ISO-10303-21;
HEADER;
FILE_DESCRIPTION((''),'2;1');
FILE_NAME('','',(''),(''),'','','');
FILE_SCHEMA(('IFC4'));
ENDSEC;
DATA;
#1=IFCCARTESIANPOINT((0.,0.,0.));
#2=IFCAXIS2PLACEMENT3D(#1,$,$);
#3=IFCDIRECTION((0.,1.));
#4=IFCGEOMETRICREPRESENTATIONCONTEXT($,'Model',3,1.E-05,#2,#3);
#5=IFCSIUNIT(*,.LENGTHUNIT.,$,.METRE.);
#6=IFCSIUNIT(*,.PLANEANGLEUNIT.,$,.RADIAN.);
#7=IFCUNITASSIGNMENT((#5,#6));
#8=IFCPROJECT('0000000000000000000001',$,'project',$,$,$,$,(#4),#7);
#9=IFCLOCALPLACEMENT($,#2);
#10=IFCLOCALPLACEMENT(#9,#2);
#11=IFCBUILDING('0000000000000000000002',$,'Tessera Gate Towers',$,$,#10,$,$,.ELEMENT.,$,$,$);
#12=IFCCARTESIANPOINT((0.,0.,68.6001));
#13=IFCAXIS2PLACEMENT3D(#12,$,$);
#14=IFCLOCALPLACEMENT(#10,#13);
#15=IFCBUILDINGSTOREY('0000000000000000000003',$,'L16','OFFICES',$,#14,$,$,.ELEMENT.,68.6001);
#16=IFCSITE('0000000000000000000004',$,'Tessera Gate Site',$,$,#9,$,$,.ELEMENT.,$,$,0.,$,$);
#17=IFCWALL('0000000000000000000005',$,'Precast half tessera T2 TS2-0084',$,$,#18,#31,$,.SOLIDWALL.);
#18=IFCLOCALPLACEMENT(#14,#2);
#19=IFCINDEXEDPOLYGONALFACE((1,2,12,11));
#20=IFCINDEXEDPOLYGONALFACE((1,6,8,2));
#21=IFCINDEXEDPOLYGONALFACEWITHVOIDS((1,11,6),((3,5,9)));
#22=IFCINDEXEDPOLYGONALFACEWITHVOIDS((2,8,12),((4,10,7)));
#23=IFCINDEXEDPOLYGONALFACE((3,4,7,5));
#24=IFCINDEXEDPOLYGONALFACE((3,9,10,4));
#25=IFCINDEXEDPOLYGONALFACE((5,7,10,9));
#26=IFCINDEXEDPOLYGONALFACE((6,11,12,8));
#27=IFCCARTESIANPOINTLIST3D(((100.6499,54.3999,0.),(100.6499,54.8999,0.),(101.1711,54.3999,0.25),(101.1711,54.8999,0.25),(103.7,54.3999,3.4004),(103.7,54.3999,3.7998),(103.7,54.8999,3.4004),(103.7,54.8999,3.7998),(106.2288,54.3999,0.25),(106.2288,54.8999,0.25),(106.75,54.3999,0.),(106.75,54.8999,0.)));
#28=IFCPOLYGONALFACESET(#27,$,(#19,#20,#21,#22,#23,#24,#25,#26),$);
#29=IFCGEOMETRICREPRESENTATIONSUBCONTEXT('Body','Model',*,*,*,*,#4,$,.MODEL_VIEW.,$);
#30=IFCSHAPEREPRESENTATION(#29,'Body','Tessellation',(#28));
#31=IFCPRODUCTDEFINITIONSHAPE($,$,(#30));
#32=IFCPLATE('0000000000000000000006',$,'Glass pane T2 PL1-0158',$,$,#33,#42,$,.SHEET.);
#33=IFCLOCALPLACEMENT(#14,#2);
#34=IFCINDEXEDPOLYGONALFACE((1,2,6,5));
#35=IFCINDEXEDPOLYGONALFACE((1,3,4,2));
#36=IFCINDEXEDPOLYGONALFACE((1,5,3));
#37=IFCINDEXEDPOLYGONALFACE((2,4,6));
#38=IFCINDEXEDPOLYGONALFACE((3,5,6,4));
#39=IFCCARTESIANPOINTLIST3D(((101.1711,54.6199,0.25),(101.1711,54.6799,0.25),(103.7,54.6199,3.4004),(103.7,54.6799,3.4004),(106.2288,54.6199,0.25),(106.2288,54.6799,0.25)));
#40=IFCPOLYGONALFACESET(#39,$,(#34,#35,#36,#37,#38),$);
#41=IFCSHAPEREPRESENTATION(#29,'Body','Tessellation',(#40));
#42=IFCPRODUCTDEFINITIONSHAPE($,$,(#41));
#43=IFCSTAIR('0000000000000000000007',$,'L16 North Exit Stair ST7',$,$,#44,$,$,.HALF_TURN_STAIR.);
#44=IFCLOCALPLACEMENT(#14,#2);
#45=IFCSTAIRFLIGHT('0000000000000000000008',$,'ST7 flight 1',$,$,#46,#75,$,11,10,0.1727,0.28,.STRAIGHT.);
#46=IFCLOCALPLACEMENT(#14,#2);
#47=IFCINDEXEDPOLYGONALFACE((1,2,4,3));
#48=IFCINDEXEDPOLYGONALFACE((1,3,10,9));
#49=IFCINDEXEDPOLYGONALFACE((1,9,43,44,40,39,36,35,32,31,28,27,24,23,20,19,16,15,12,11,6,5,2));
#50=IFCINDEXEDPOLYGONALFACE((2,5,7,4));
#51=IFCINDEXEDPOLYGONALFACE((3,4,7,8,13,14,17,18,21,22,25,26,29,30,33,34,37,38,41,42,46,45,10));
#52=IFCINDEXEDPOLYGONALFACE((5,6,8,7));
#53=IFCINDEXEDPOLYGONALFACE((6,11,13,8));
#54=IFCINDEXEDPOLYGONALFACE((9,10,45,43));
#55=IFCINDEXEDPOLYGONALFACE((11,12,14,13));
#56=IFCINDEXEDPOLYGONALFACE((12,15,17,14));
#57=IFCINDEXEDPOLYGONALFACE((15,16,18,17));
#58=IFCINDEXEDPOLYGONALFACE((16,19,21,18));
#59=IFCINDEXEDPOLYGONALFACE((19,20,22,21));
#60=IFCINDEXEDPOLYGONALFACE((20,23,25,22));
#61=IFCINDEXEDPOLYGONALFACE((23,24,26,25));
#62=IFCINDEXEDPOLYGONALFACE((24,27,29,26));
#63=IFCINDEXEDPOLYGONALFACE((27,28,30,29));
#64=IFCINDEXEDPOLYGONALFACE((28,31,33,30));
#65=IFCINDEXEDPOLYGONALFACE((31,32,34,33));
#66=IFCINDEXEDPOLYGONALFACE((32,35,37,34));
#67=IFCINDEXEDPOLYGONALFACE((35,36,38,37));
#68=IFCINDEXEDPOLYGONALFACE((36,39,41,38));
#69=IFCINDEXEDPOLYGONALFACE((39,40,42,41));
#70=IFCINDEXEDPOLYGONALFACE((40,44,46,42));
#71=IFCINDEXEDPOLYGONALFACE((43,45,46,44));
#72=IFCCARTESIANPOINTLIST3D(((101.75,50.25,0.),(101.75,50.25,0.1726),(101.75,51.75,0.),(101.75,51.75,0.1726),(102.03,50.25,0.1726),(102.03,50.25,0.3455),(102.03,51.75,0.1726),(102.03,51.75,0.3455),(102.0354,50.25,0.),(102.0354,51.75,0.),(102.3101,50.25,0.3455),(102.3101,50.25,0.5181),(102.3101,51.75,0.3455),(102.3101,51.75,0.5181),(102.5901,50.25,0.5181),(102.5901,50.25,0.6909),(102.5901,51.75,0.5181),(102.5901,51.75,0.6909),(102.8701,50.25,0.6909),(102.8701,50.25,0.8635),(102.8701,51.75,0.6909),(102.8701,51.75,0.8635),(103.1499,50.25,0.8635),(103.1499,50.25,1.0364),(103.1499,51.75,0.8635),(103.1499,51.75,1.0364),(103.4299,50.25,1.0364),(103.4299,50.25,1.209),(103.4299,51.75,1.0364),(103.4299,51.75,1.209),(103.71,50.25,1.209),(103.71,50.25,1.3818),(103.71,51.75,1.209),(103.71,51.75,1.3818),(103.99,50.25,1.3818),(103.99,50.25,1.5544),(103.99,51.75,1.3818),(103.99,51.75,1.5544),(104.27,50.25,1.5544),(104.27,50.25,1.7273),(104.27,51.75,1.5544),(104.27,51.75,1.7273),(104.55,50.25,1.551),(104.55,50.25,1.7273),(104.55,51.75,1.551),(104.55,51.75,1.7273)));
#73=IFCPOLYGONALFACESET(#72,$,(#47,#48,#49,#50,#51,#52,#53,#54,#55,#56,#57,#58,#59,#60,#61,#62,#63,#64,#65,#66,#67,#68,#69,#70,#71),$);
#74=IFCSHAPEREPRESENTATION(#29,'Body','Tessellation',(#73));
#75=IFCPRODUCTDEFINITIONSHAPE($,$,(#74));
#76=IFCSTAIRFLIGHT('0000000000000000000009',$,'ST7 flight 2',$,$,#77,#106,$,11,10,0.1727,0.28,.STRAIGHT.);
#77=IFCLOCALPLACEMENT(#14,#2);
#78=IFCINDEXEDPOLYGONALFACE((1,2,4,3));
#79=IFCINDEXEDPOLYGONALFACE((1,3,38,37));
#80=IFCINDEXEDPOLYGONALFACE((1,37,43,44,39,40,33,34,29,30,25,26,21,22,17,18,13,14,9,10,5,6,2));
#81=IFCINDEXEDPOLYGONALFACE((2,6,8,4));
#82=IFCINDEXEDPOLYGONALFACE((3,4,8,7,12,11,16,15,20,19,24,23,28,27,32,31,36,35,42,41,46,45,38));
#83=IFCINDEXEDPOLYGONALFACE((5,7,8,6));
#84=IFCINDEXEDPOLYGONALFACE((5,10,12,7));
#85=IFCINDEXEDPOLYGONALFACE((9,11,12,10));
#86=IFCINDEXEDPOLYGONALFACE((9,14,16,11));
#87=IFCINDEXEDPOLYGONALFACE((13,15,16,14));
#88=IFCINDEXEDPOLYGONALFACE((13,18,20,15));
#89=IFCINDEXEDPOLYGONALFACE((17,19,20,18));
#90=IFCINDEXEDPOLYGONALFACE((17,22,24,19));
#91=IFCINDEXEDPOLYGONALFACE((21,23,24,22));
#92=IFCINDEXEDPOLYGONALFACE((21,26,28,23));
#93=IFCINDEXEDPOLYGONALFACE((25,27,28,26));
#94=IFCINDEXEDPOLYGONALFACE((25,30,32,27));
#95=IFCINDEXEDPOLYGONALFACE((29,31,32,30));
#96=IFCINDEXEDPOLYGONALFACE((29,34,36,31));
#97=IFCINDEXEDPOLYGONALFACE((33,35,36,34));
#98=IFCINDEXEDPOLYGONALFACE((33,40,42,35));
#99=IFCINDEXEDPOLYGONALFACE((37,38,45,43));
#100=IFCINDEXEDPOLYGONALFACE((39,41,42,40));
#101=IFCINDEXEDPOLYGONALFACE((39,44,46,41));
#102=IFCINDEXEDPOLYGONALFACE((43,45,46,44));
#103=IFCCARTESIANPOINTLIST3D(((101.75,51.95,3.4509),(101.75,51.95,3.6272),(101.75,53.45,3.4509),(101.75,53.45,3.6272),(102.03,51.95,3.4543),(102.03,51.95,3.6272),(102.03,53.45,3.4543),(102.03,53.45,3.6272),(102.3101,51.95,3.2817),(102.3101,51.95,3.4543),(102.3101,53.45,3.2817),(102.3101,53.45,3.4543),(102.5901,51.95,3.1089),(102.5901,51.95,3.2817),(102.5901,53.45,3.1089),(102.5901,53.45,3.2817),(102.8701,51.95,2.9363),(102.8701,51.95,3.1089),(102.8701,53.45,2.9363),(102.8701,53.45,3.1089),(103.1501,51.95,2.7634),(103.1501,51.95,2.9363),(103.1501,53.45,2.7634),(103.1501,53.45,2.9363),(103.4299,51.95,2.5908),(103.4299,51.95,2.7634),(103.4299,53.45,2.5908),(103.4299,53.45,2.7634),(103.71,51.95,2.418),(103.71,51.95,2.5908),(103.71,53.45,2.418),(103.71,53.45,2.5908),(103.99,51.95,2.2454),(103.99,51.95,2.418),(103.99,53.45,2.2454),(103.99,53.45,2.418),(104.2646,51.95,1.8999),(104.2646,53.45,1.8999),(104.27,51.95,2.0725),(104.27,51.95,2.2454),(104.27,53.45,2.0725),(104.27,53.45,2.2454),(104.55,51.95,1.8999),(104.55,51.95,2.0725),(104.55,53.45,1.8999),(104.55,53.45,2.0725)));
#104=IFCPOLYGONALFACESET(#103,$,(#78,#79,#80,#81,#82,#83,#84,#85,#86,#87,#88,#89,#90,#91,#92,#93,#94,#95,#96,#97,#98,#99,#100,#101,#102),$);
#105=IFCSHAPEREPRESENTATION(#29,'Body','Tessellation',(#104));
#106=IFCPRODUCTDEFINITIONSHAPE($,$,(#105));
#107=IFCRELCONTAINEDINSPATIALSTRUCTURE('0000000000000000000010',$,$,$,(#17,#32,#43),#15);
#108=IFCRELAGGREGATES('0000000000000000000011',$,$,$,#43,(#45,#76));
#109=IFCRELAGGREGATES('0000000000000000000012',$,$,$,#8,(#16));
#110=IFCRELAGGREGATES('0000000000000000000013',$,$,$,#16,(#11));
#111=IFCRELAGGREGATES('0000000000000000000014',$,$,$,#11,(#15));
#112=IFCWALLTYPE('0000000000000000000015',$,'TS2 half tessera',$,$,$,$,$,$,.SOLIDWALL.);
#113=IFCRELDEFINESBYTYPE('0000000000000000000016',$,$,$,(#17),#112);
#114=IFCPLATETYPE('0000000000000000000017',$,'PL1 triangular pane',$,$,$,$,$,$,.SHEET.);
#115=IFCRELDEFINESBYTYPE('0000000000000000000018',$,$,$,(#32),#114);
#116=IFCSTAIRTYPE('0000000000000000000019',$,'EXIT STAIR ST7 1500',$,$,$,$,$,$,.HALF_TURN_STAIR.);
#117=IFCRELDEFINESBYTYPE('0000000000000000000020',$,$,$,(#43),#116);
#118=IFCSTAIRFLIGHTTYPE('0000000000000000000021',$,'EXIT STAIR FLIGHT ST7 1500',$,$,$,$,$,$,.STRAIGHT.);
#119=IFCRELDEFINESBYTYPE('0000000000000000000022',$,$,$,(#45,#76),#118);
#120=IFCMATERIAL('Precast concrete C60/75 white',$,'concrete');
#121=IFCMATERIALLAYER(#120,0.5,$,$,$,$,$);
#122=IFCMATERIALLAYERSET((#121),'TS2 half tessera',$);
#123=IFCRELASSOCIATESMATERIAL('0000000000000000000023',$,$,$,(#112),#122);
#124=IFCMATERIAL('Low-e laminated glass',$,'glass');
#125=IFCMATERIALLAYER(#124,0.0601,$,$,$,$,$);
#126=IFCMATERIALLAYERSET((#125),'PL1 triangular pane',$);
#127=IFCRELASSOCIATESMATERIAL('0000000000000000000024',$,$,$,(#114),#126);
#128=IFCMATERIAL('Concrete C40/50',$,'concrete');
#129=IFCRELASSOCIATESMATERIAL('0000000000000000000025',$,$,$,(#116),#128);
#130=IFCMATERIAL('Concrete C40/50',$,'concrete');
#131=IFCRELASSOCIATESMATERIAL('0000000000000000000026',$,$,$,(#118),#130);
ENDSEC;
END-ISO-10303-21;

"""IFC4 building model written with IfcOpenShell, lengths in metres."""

from ifc_helpers import new_model, si_unit, direction, frame, origin, place, context, subcontext, project, spatial, polyline, outline, extrude, source, transform, mapped, material, layer, layer_set, type_object, element, fill, aggregate, save


model = new_model("IFC4")

# Units and contexts
model_context = context("Model", 3, precision=1e-05, world=origin(), true_north=direction((0.0, 1.0)))
body_context = subcontext(model_context, "Body", "Model", "MODEL_VIEW")
ifc_project = project(units=[si_unit("LENGTHUNIT", "METRE"), si_unit("PLANEANGLEUNIT", "RADIAN")], contexts=[model_context])

# Site, building, storey
site_placement = place(None, origin())
site = spatial("IfcSite", under=ifc_project, at=site_placement, Name="Tessera Gate Site", CompositionType="ELEMENT", RefElevation=0.0)
building_placement = place(site_placement, origin())
building = spatial("IfcBuilding", under=site, at=building_placement, Name="Tessera Gate Towers", CompositionType="ELEMENT")
storey_placement = place(building_placement, frame((0.0, 0.0, 68.6001)))
storey = spatial("IfcBuildingStorey", under=building, at=storey_placement, Name="L16", Description="OFFICES", CompositionType="ELEMENT", Elevation=68.6001)

# Wall, opening, plate
ifc_material_1 = material(Name="Precast concrete C60/75 white", Category="concrete")
ifc_layer_1 = layer(ifc_material_1, 0.5)
ifc_layer_set_1 = layer_set([ifc_layer_1], Name="TS2 half tessera")
wall_type_1 = type_object("IfcWallType", Name="TS2 half tessera", PredefinedType="SOLIDWALL", material=ifc_layer_set_1)
shared_shape_1 = source(origin(), body_context, "Body", "SweptSolid", [
    extrude(outline(polyline([(6.1001, 0.0), (3.05, 3.7998), (0.0, 0.0), (6.1001, 0.0)])), frame((0.0, 0.25, 0.0), z_axis=(0.0, -1.0, 0.0), x_axis=(1.0, 0.0, 0.0)), (0.0, 0.0, 1.0), 0.5),
])
wall_1_placement = place(storey_placement, frame((106.75, 54.6499, 0.0), z_axis=(0.0, 0.0, 1.0), x_axis=(-1.0, 0.0, 0.0)))
wall_1 = element("IfcWall", 1, at=wall_1_placement, inside=storey, type_object=wall_type_1, Name="Precast half tessera T2 TS2-0084", PredefinedType="SOLIDWALL", context=body_context, shape_type="MappedRepresentation", body=[
    mapped(shared_shape_1, transform((0.0, 0.0, 0.0), scale=1.0)),
])
shared_shape_2 = source(origin(), body_context, "Body", "SweptSolid", [
    extrude(outline(polyline([(5.5789, 0.25), (3.05, 3.4004), (0.5212, 0.25), (5.5789, 0.25)])), frame((0.0, 0.26, 0.0), z_axis=(0.0, -1.0, 0.0), x_axis=(1.0, 0.0, 0.0)), (0.0, 0.0, 1.0), 0.52),
])
opening_1_placement = place(wall_1_placement, origin())
opening_1 = element("IfcOpeningElement", 2, at=opening_1_placement, cuts=wall_1, PredefinedType="OPENING", context=body_context, shape_type="MappedRepresentation", body=[
    mapped(shared_shape_2, transform((0.0, 0.0, 0.0), scale=1.0)),
])
ifc_material_2 = material(Name="Low-e laminated glass", Category="glass")
ifc_layer_2 = layer(ifc_material_2, 0.0601)
ifc_layer_set_2 = layer_set([ifc_layer_2], Name="PL1 triangular pane")
plate_type = type_object("IfcPlateType", Name="PL1 triangular pane", PredefinedType="SHEET", material=ifc_layer_set_2)
shared_shape_3 = source(origin(), body_context, "Body", "SweptSolid", [
    extrude(outline(polyline([(5.5789, 0.25), (3.05, 3.4004), (0.5212, 0.25), (5.5789, 0.25)])), frame((0.0, 0.03, 0.0), z_axis=(0.0, -1.0, 0.0), x_axis=(1.0, 0.0, 0.0)), (0.0, 0.0, 1.0), 0.0601),
])
plate_placement = place(opening_1_placement, origin())
plate = element("IfcPlate", 3, at=plate_placement, inside=storey, type_object=plate_type, Name="Glass pane T2 PL1-0158", PredefinedType="SHEET", context=body_context, shape_type="MappedRepresentation", body=[
    mapped(shared_shape_3, transform((0.0, 0.0, 0.0), scale=1.0)),
])
fill(opening_1, plate)

# Stair, stair flights
ifc_material_3 = material(Name="Concrete C40/50", Category="concrete")
stair_type = type_object("IfcStairType", Name="EXIT STAIR ST7 1500", PredefinedType="HALF_TURN_STAIR", material=ifc_material_3)
stair_placement = place(storey_placement, origin())
stair = element("IfcStair", 4, at=stair_placement, inside=storey, type_object=stair_type, Name="L16 North Exit Stair ST7", PredefinedType="HALF_TURN_STAIR")
ifc_material_4 = material(Name="Concrete C40/50", Category="concrete")
stair_flight_type = type_object("IfcStairFlightType", Name="EXIT STAIR FLIGHT ST7 1500", PredefinedType="STRAIGHT", material=ifc_material_4)
stair_flight_1_placement = place(storey_placement, frame((101.75, 51.0, 0.0), z_axis=(0.0, 0.0, 1.0), x_axis=(1.0, 0.0, 0.0)))
stair_flight_1 = element("IfcStairFlight", 5, at=stair_flight_1_placement, type_object=stair_flight_type, Name="ST7 flight 1", NumberOfRisers=11, NumberOfTreads=10, PredefinedType="STRAIGHT", RiserHeight=0.1727, TreadLength=0.28, context=body_context, shape_type="SweptSolid", body=[
    extrude(outline(polyline([(0.0, 0.0), (0.0, 0.1726), (0.28, 0.1726), (0.28, 0.3455), (0.5601, 0.3455), (0.5601, 0.5181), (0.8401, 0.5181), (0.8401, 0.6909), (1.1201, 0.6909), (1.1201, 0.8635), (1.3999, 0.8635), (1.3999, 1.0364), (1.6799, 1.0364), (1.6799, 1.209), (1.96, 1.209), (1.96, 1.3818), (2.24, 1.3818), (2.24, 1.5544), (2.52, 1.5544), (2.52, 1.7273), (2.8, 1.7273), (2.8, 1.8999), (2.8, 1.551), (0.2854, 0.0), (0.0, 0.0)])), frame((0.0, 0.75, 0.0), z_axis=(0.0, -1.0, 0.0), x_axis=(1.0, 0.0, 0.0)), (0.0, 0.0, 1.0), 1.5),
])
stair_flight_2_placement = place(storey_placement, frame((104.55, 52.7, 1.8999), z_axis=(0.0, 0.0, 1.0), x_axis=(-1.0, 0.0, 0.0)))
stair_flight_2 = element("IfcStairFlight", 6, at=stair_flight_2_placement, type_object=stair_flight_type, Name="ST7 flight 2", NumberOfRisers=11, NumberOfTreads=10, PredefinedType="STRAIGHT", RiserHeight=0.1727, TreadLength=0.28, context=body_context, shape_type="SweptSolid", body=[
    extrude(outline(polyline([(0.0, 0.0), (0.0, 0.1726), (0.28, 0.1726), (0.28, 0.3455), (0.5601, 0.3455), (0.5601, 0.5181), (0.8401, 0.5181), (0.8401, 0.6909), (1.1201, 0.6909), (1.1201, 0.8635), (1.3999, 0.8635), (1.3999, 1.0364), (1.6799, 1.0364), (1.6799, 1.209), (1.96, 1.209), (1.96, 1.3818), (2.24, 1.3818), (2.24, 1.5544), (2.52, 1.5544), (2.52, 1.7273), (2.8, 1.7273), (2.8, 1.8999), (2.8, 1.551), (0.2854, 0.0), (0.0, 0.0)])), frame((0.0, 0.75, 0.0), z_axis=(0.0, -1.0, 0.0), x_axis=(1.0, 0.0, 0.0)), (0.0, 0.0, 1.0), 1.5),
])
aggregate(stair, [stair_flight_1, stair_flight_2])

save(model, "model.ifc")
